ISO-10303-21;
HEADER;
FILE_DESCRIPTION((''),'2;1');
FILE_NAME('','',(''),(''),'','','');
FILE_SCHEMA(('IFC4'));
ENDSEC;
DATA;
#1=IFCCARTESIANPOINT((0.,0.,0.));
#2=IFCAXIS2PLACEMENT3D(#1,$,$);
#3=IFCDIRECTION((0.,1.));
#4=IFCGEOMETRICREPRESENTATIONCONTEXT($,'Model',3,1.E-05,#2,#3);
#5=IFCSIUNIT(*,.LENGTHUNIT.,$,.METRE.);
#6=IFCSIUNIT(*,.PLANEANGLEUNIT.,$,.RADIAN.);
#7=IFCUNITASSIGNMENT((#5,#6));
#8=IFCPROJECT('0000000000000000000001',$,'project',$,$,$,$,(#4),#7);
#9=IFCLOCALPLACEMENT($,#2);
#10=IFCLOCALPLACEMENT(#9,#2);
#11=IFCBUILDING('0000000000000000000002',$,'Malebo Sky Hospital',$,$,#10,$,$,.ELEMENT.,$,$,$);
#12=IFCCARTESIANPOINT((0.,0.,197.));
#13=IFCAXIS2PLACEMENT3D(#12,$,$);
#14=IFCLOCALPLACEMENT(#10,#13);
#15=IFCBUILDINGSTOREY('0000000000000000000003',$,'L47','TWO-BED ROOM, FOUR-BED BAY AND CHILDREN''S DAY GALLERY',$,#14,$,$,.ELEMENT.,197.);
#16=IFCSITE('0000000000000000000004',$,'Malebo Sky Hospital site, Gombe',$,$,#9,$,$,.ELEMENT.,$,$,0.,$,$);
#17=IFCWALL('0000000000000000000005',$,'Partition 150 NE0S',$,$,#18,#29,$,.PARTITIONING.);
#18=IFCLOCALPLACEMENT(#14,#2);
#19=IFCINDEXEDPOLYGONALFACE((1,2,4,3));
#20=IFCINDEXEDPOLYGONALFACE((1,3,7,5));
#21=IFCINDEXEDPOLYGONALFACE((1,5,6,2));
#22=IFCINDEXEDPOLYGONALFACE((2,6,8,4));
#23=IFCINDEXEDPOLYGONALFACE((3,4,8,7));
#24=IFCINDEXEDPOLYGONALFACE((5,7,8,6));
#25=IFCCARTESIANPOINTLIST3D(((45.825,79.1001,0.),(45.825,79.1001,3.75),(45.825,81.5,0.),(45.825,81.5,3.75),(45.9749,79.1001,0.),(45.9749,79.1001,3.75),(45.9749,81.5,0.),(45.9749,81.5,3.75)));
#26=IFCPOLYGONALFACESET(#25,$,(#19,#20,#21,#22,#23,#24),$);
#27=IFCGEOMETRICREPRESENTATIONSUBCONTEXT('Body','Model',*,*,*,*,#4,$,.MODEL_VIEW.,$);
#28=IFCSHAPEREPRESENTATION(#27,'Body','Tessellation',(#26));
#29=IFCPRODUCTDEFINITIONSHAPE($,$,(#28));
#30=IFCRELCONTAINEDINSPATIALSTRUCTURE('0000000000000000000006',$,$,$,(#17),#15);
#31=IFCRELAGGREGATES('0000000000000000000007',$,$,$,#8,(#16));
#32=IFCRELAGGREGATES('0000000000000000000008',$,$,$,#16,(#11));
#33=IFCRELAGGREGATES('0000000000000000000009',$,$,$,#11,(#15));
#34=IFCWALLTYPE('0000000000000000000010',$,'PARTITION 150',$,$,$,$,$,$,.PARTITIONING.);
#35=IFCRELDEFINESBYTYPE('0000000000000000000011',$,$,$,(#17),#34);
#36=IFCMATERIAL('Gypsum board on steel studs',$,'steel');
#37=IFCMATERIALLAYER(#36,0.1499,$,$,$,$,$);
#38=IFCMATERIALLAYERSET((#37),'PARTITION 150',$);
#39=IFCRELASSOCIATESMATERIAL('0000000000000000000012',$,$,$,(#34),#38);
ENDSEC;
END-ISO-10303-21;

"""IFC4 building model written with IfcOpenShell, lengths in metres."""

from ifc_helpers import new_model, si_unit, direction, frame, frame_2d, origin, place, context, subcontext, project, spatial, rectangle, extrude, material, layer, layer_set, type_object, element, save


model = new_model("IFC4")

# Units and contexts
model_context = context("Model", 3, precision=1e-05, world=origin(), true_north=direction((0.0, 1.0)))
body_context = subcontext(model_context, "Body", "Model", "MODEL_VIEW")
ifc_project = project(units=[si_unit("LENGTHUNIT", "METRE"), si_unit("PLANEANGLEUNIT", "RADIAN")], contexts=[model_context])

# Site, building, storey
site_placement = place(None, origin())
site = spatial("IfcSite", under=ifc_project, at=site_placement, Name="Malebo Sky Hospital site, Gombe", CompositionType="ELEMENT", RefElevation=0.0)
building_placement = place(site_placement, origin())
building = spatial("IfcBuilding", under=site, at=building_placement, Name="Malebo Sky Hospital", CompositionType="ELEMENT")
storey_placement = place(building_placement, frame((0.0, 0.0, 197.0)))
storey = spatial("IfcBuildingStorey", under=building, at=storey_placement, Name="L47", Description="TWO-BED ROOM, FOUR-BED BAY AND CHILDREN'S DAY GALLERY", CompositionType="ELEMENT", Elevation=197.0)

# Shared definitions
ifc_material_1 = material(Name="Gypsum board on steel studs", Category="steel")

# Shared definitions
ifc_layer_1 = layer(ifc_material_1, 0.1499)
ifc_layer_set_1 = layer_set([ifc_layer_1], Name="PARTITION 150")
wall_type_1 = type_object("IfcWallType", Name="PARTITION 150", PredefinedType="PARTITIONING", material=ifc_layer_set_1)

# Wall
wall_1_placement = place(storey_placement, frame((45.8999, 79.1001, 0.0), z_axis=(0.0, 0.0, 1.0), x_axis=(0.0, 1.0, 0.0)))
element("IfcWall", 1, at=wall_1_placement, inside=storey, type_object=wall_type_1, Name="Partition 150 NE0S", PredefinedType="PARTITIONING", context=body_context, shape_type="SweptSolid", body=[
    extrude(rectangle(XDim=2.3999, YDim=0.1499, at=frame_2d((1.2, 0.0))), origin(), (0.0, 0.0, 1.0), 3.75),
])

save(model, "model.ifc")
